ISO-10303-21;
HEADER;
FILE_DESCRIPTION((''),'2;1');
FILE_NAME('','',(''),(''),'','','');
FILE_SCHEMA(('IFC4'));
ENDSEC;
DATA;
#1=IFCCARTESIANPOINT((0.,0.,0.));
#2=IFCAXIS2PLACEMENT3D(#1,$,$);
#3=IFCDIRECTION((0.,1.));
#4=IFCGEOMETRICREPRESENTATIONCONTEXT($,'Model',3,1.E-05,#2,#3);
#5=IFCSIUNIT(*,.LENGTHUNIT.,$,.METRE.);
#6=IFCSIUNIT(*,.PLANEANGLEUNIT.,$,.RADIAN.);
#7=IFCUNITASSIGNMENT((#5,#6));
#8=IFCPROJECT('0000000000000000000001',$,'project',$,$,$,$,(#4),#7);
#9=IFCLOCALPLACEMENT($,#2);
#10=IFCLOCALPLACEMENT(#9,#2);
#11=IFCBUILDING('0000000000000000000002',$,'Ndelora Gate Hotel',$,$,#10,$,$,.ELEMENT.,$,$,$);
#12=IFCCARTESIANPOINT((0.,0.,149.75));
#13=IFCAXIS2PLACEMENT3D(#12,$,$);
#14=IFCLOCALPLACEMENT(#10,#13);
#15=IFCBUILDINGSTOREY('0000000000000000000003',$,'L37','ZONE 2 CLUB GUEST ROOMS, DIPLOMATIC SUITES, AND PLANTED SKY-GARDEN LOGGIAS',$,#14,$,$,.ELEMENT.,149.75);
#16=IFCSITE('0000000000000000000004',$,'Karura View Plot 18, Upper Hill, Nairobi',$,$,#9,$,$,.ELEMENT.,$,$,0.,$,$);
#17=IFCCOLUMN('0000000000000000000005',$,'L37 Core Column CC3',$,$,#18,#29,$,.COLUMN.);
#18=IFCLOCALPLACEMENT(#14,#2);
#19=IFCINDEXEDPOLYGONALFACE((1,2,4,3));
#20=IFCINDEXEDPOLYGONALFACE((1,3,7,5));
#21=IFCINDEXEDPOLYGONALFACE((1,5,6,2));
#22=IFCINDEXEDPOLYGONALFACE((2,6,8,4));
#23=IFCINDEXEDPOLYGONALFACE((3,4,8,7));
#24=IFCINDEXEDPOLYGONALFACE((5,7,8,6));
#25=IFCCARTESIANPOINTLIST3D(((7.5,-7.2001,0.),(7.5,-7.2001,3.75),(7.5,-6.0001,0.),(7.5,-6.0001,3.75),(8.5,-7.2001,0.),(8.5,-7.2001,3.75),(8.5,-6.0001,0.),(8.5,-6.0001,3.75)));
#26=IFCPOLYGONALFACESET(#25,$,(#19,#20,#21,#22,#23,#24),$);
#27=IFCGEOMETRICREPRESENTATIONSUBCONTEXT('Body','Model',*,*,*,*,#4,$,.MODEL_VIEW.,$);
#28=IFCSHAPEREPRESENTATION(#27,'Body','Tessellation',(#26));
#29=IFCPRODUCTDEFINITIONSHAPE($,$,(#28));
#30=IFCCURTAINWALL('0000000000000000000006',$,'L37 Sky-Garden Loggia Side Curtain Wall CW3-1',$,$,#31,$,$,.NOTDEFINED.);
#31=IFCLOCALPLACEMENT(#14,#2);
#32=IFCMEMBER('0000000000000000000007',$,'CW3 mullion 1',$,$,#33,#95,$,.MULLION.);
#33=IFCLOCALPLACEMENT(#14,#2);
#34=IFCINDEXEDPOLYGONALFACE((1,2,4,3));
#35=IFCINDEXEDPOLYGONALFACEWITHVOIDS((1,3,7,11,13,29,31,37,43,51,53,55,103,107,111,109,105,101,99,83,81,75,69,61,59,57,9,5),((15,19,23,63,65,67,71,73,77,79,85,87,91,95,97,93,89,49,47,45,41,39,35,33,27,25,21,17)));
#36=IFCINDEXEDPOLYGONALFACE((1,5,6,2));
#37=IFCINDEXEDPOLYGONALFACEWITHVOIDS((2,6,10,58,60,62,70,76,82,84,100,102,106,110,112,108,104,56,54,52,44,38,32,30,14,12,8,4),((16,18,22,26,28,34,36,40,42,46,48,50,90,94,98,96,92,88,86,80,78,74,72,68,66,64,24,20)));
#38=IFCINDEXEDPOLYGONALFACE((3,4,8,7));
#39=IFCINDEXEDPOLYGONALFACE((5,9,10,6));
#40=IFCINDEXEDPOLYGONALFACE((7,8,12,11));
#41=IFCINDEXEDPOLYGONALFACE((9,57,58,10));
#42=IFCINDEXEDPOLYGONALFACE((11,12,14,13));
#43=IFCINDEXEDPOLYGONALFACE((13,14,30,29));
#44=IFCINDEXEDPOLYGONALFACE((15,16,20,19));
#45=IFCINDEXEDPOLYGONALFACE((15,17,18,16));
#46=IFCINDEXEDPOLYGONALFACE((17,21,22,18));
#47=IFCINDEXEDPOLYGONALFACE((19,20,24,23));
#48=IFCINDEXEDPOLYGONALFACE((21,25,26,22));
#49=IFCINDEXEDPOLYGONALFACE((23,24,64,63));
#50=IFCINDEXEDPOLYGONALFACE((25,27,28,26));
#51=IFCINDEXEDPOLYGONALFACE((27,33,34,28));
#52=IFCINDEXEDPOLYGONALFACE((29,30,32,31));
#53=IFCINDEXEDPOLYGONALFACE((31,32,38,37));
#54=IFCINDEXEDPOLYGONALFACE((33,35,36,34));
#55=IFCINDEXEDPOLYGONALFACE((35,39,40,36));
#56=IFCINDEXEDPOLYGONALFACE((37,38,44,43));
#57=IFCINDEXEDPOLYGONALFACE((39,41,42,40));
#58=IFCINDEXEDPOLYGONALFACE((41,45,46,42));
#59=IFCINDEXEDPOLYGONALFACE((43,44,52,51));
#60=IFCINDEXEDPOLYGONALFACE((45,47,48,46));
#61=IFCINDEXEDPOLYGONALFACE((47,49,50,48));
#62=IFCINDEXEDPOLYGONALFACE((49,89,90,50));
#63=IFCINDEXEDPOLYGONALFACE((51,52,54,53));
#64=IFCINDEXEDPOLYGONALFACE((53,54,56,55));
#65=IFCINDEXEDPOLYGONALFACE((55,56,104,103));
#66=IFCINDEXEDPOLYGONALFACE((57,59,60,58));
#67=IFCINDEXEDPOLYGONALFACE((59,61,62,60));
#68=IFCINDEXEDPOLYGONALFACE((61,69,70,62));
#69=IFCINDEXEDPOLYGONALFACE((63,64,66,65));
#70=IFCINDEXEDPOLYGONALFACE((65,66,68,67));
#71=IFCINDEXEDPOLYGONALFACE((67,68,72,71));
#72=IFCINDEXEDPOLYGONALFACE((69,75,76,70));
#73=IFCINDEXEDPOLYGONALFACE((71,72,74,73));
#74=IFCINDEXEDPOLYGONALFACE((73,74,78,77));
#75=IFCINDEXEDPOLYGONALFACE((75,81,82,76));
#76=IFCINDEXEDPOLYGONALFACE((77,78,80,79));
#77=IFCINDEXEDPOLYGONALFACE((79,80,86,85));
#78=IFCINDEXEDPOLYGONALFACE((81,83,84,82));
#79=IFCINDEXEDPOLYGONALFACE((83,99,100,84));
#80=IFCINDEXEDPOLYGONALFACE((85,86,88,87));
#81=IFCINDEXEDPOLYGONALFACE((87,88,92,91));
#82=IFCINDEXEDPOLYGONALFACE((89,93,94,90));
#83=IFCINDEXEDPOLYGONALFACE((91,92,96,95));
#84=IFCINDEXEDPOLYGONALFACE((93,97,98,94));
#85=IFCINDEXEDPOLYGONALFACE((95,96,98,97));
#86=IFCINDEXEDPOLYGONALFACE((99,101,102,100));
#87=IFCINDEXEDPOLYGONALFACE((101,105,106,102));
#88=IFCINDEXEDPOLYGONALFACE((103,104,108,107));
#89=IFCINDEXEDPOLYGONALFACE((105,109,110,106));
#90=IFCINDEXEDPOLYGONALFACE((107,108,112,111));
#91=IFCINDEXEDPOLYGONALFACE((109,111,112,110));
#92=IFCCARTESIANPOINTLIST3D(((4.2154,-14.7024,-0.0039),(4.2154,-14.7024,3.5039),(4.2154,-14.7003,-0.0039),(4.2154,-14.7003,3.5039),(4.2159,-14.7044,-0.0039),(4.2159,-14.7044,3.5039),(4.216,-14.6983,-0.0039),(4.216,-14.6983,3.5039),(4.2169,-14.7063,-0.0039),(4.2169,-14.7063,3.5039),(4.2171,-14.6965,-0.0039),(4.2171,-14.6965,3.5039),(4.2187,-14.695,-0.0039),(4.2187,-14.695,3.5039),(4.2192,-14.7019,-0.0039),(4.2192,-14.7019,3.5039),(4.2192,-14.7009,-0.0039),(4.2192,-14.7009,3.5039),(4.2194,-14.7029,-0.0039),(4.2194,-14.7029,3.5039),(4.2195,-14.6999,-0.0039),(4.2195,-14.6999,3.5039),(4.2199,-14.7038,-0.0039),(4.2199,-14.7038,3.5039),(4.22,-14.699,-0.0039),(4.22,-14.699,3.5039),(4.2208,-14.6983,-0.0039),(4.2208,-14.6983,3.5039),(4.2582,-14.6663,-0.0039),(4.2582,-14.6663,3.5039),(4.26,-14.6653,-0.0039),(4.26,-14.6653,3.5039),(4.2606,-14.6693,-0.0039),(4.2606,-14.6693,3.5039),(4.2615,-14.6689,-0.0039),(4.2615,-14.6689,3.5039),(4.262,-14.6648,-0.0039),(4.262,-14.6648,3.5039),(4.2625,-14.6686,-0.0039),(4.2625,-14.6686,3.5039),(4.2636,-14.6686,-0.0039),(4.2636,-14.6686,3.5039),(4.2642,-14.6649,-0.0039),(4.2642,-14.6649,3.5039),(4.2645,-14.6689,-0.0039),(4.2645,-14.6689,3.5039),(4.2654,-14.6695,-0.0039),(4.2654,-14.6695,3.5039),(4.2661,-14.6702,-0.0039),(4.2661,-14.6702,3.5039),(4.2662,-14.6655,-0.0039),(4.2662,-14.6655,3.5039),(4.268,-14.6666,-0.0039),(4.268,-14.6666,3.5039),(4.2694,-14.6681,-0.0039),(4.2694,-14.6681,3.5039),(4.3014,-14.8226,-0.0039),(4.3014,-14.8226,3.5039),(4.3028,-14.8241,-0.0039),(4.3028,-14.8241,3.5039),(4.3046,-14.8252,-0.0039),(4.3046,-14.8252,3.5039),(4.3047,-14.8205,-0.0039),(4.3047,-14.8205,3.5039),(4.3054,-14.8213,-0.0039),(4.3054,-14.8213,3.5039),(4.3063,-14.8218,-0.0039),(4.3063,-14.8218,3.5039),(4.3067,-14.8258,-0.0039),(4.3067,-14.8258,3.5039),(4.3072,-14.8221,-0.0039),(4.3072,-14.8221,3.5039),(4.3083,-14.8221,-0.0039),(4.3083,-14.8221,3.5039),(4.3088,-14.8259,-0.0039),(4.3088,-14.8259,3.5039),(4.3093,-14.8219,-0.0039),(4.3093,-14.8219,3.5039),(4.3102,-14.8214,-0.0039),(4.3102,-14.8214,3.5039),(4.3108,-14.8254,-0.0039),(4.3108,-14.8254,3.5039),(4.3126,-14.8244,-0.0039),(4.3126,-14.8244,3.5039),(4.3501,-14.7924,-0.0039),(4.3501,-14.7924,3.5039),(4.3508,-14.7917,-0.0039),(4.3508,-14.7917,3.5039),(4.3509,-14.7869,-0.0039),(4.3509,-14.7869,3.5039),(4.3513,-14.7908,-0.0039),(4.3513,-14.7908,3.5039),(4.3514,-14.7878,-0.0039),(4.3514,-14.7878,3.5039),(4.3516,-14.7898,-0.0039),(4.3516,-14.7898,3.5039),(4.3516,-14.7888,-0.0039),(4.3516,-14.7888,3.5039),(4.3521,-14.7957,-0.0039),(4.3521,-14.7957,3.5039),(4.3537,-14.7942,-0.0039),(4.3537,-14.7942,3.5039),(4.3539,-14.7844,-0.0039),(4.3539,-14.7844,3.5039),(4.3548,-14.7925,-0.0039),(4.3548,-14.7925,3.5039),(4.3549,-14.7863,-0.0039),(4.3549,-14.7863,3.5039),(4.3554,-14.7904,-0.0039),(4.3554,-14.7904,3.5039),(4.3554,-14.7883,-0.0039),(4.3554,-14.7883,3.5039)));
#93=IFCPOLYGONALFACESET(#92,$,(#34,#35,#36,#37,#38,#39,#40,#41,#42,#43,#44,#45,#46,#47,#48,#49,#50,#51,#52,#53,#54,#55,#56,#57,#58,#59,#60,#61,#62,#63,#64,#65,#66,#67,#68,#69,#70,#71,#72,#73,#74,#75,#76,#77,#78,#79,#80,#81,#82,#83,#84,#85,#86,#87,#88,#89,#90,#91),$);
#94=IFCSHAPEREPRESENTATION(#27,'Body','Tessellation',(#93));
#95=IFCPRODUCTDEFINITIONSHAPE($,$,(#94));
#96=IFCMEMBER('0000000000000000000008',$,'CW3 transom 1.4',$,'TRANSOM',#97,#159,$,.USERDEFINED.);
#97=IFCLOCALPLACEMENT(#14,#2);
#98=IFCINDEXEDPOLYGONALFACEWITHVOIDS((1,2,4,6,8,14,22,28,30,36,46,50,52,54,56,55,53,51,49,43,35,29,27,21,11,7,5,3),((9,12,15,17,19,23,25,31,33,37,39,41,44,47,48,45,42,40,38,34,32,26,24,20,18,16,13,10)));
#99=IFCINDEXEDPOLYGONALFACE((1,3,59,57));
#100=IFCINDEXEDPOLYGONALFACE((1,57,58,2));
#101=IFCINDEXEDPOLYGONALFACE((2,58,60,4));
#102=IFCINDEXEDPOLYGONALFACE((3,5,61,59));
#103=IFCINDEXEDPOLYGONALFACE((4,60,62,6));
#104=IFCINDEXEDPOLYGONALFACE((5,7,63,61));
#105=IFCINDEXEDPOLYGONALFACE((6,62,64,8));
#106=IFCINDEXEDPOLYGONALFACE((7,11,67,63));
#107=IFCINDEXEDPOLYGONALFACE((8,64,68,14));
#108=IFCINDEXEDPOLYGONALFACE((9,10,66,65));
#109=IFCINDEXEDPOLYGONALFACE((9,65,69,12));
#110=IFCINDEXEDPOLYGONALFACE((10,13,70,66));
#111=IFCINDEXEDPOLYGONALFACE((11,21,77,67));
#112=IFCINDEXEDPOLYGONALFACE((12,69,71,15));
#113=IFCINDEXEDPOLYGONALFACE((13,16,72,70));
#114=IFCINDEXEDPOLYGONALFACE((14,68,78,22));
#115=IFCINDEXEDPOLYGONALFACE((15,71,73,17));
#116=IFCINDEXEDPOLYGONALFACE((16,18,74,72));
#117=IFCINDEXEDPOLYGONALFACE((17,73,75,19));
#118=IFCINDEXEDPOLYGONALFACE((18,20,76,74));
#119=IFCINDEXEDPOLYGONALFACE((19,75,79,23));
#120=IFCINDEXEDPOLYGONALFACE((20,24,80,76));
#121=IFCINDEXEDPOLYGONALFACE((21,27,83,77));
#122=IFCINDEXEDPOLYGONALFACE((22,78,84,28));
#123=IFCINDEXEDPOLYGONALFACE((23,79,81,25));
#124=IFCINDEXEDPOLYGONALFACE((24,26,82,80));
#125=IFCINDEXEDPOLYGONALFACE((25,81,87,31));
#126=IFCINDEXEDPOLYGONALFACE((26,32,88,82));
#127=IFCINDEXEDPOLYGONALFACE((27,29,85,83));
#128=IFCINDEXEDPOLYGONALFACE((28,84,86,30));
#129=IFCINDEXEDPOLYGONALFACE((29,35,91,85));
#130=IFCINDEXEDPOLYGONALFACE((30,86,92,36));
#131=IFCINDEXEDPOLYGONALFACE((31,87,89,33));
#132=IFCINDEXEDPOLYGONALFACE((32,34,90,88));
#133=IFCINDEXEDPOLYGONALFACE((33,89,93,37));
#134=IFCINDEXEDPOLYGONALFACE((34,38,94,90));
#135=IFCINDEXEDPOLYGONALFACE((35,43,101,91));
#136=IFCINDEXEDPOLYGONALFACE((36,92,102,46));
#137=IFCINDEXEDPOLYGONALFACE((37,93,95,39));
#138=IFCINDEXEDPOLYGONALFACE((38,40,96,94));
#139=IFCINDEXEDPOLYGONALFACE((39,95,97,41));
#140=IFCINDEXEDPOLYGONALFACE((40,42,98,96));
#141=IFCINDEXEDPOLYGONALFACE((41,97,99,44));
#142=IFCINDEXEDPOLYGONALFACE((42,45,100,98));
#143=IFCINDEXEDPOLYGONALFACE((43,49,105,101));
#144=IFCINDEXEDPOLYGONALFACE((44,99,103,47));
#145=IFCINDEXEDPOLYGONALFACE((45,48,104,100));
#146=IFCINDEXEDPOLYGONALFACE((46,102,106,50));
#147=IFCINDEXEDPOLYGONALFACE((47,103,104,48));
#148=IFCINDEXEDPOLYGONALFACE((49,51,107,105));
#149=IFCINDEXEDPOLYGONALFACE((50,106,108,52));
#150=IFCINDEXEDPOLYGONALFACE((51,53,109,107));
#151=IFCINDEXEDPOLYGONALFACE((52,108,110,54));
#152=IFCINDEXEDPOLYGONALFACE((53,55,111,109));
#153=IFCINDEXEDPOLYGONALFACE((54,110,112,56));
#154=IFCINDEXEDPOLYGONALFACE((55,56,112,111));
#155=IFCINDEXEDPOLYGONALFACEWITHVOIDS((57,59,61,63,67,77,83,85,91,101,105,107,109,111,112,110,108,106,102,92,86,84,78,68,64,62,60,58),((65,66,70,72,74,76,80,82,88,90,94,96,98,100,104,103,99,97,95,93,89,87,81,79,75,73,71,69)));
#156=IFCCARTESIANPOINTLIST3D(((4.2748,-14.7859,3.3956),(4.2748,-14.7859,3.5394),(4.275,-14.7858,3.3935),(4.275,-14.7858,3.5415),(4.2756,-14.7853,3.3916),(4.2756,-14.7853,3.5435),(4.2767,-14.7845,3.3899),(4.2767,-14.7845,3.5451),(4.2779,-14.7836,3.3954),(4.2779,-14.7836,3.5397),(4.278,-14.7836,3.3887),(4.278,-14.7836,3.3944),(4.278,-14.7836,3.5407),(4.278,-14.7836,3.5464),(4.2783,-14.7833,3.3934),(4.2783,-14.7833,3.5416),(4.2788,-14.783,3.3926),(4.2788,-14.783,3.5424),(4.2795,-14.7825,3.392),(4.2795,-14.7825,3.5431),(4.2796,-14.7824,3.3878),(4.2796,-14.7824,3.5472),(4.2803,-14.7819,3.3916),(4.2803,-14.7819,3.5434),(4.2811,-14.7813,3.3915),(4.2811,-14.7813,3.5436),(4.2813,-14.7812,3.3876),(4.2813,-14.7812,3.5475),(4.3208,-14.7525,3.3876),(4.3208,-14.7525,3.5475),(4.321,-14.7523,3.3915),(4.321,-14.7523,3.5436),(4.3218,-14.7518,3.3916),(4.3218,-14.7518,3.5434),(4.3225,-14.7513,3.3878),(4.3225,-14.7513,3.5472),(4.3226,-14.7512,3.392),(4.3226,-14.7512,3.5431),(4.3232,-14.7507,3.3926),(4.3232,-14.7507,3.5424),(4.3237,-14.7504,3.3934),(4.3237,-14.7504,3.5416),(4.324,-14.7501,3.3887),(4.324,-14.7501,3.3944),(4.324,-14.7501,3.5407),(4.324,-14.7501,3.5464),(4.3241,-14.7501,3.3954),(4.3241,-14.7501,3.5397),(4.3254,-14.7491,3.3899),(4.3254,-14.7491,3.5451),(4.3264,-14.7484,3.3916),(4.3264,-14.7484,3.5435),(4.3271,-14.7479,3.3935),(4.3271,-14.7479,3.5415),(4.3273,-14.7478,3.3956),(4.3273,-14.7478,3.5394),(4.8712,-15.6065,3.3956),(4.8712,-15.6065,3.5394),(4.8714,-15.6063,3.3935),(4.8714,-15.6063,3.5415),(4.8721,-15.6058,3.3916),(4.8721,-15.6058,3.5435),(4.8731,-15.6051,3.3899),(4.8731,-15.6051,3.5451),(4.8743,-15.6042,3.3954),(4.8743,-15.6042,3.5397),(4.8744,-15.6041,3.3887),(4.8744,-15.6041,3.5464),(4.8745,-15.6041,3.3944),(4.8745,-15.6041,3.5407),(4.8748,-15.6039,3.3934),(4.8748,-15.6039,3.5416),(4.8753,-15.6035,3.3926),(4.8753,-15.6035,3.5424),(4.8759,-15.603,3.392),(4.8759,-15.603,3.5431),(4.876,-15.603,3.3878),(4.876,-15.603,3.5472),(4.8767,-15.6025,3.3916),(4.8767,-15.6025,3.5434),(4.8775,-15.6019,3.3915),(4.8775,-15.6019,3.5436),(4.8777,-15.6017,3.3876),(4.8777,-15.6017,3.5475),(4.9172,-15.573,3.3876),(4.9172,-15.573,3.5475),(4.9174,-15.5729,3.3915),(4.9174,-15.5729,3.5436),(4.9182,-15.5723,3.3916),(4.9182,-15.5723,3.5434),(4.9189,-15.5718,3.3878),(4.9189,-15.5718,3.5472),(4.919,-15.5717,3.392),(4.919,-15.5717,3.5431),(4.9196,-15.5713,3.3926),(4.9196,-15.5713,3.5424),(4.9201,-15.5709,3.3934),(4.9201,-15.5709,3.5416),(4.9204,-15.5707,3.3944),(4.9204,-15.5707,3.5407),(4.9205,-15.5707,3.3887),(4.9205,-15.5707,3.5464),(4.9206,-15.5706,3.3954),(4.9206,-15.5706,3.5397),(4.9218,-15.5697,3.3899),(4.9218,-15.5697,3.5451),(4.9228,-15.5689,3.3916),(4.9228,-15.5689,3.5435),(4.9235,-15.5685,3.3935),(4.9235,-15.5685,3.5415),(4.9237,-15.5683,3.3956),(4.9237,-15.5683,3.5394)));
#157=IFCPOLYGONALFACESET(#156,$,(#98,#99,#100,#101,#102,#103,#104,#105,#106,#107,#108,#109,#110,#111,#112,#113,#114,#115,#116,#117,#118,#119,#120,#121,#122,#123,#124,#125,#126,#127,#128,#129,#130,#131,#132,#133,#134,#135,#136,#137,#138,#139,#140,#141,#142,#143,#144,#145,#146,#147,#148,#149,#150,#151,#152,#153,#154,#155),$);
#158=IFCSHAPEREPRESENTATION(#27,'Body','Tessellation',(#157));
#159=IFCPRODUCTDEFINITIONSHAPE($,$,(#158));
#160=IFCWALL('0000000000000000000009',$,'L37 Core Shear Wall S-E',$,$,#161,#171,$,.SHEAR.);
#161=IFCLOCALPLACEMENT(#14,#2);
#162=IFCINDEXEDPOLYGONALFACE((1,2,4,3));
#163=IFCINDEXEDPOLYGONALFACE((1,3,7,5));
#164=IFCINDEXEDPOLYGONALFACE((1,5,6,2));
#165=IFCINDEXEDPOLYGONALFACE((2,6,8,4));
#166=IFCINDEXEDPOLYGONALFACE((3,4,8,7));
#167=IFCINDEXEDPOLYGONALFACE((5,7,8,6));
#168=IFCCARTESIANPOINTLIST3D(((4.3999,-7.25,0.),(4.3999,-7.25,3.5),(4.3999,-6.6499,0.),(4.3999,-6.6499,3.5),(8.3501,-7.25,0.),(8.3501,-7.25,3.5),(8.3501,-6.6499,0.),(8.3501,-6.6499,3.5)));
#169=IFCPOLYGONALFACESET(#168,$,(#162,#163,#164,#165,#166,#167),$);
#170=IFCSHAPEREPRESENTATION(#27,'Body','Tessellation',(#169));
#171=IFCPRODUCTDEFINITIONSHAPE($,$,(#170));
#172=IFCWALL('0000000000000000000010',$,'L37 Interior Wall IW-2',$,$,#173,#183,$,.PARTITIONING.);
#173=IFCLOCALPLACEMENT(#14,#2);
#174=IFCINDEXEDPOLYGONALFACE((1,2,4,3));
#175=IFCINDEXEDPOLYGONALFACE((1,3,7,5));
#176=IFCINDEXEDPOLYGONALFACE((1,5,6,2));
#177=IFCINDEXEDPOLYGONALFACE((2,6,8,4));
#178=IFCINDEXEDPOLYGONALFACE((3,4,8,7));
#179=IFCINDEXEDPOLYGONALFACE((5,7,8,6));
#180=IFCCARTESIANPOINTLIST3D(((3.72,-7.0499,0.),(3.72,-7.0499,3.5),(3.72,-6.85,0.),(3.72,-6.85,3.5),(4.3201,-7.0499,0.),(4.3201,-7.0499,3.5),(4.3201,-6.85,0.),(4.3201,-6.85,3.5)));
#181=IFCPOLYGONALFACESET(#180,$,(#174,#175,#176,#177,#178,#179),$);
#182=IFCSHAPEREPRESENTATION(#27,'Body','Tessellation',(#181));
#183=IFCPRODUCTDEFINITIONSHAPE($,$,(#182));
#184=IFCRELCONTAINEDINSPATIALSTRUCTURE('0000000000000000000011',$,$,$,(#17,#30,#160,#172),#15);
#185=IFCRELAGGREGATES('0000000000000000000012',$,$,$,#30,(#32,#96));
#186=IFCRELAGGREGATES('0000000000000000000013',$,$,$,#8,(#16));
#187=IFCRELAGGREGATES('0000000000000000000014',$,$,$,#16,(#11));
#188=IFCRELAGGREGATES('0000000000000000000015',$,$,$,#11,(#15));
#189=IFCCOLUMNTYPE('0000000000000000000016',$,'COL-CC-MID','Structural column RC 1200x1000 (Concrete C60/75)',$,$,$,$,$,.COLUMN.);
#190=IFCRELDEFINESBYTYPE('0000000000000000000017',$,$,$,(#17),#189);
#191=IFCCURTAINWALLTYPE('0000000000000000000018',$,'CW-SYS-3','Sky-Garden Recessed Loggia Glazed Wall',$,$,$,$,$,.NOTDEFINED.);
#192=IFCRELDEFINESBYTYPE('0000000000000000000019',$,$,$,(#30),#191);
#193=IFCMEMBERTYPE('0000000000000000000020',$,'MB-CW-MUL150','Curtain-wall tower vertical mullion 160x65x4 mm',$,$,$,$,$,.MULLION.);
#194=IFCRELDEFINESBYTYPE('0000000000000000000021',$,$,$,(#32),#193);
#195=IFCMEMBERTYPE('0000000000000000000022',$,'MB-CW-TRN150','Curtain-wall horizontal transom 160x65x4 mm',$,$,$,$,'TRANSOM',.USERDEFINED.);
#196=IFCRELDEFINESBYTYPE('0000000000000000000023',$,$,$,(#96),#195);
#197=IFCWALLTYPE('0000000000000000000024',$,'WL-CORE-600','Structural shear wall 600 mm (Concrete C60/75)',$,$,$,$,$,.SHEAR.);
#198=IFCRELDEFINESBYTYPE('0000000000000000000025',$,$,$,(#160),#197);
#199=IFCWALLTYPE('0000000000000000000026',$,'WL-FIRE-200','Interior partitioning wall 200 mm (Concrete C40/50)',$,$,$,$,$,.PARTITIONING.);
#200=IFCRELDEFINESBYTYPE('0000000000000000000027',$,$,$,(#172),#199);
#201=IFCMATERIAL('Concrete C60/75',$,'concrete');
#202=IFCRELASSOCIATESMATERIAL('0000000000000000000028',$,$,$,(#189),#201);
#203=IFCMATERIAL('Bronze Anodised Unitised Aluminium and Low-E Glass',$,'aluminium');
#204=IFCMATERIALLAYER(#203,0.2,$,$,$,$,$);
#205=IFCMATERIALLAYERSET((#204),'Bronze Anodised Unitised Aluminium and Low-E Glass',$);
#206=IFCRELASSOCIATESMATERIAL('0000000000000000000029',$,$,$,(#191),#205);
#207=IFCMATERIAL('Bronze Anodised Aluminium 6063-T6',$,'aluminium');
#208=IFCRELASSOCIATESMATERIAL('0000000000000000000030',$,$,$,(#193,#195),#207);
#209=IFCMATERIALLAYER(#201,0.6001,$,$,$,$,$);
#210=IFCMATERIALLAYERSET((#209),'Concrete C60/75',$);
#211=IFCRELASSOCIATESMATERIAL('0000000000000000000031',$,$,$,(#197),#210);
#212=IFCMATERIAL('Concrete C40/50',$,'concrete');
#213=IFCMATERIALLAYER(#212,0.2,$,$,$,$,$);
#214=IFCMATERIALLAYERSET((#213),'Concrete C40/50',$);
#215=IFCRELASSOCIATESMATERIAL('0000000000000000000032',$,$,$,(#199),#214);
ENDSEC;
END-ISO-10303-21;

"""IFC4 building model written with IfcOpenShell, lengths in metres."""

from ifc_helpers import new_model, si_unit, direction, frame, frame_2d, origin, origin_2d, place, context, subcontext, project, spatial, rectangle, hollow_rectangle, extrude, material, layer, layer_set, material_profile, profile_set, type_object, element, aggregate, save


model = new_model("IFC4")

# Units and contexts
model_context = context("Model", 3, precision=1e-05, world=origin(), true_north=direction((0.0, 1.0)))
body_context = subcontext(model_context, "Body", "Model", "MODEL_VIEW")
ifc_project = project(units=[si_unit("LENGTHUNIT", "METRE"), si_unit("PLANEANGLEUNIT", "RADIAN")], contexts=[model_context])

# Site, building, storey
site_placement = place(None, origin())
site = spatial("IfcSite", under=ifc_project, at=site_placement, Name="Karura View Plot 18, Upper Hill, Nairobi", CompositionType="ELEMENT", RefElevation=0.0)
building_placement = place(site_placement, origin())
building = spatial("IfcBuilding", under=site, at=building_placement, Name="Ndelora Gate Hotel", CompositionType="ELEMENT")
storey_placement = place(building_placement, frame((0.0, 0.0, 149.75)))
storey = spatial("IfcBuildingStorey", under=building, at=storey_placement, Name="L37", Description="ZONE 2 CLUB GUEST ROOMS, DIPLOMATIC SUITES, AND PLANTED SKY-GARDEN LOGGIAS", CompositionType="ELEMENT", Elevation=149.75)

# Column
ifc_material_1 = material(Name="Concrete C60/75", Category="concrete")
ifc_material_profile_1 = material_profile(ifc_material_1, rectangle(XDim=1.0, YDim=1.2, at=origin_2d()), Name="RC 1200x1000")
ifc_profile_set_1 = profile_set([ifc_material_profile_1], Name="Concrete C60/75")
column_type = type_object("IfcColumnType", Name="COL-CC-MID", Description="Structural column RC 1200x1000 (Concrete C60/75)", PredefinedType="COLUMN", material=ifc_profile_set_1)
column_placement = place(storey_placement, frame((8.0, -6.6001, 0.0), z_axis=(0.0, 0.0, 1.0), x_axis=(1.0, 0.0, 0.0)))
element("IfcColumn", 1, at=column_placement, inside=storey, type_object=column_type, Name="L37 Core Column CC3", PredefinedType="COLUMN", context=body_context, shape_type="SweptSolid", body=[
    extrude(rectangle(XDim=1.0, YDim=1.2, at=origin_2d()), origin(), (0.0, 0.0, 1.0), 3.75),
])

# Curtain wall, members
ifc_material_2 = material(Name="Bronze Anodised Unitised Aluminium and Low-E Glass", Category="aluminium")
ifc_layer_1 = layer(ifc_material_2, 0.2)
ifc_layer_set_1 = layer_set([ifc_layer_1], Name="Bronze Anodised Unitised Aluminium and Low-E Glass")
curtain_wall_type = type_object("IfcCurtainWallType", Name="CW-SYS-3", Description="Sky-Garden Recessed Loggia Glazed Wall", PredefinedType="NOTDEFINED", material=ifc_layer_set_1)
curtain_wall_placement = place(storey_placement, origin())
curtain_wall = element("IfcCurtainWall", 2, at=curtain_wall_placement, inside=storey, type_object=curtain_wall_type, Name="L37 Sky-Garden Loggia Side Curtain Wall CW3-1", PredefinedType="NOTDEFINED")
ifc_material_3 = material(Name="Bronze Anodised Aluminium 6063-T6", Category="aluminium")
ifc_material_profile_2 = material_profile(ifc_material_3, hollow_rectangle(XDim=0.0649, YDim=0.1599, WallThickness=0.0039, InnerFilletRadius=0.0039, OuterFilletRadius=0.0081, at=origin_2d()), Name="ALU 160x65x4")
ifc_profile_set_2 = profile_set([ifc_material_profile_2], Name="Bronze Anodised Aluminium 6063-T6")
member_type_1 = type_object("IfcMemberType", Name="MB-CW-MUL150", Description="Curtain-wall tower vertical mullion 160x65x4 mm", PredefinedType="MULLION", material=ifc_profile_set_2)
member_1_placement = place(storey_placement, frame((4.2854, -14.7454, -0.0039), z_axis=(0.0, 0.0, 1.0), x_axis=(0.809017, 0.587785, 0.0)))
member_1 = element("IfcMember", 3, at=member_1_placement, type_object=member_type_1, Name="CW3 mullion 1", PredefinedType="MULLION", context=body_context, shape_type="SweptSolid", body=[
    extrude(hollow_rectangle(XDim=0.0649, YDim=0.1599, WallThickness=0.0039, InnerFilletRadius=0.0039, OuterFilletRadius=0.0081, at=origin_2d()), origin(), (0.0, 0.0, 1.0), 3.5078),
])
ifc_material_profile_3 = material_profile(ifc_material_3, hollow_rectangle(XDim=0.0649, YDim=0.1599, WallThickness=0.0039, InnerFilletRadius=0.0039, OuterFilletRadius=0.0081, at=origin_2d()), Name="ALU 160x65x4")
ifc_profile_set_3 = profile_set([ifc_material_profile_3], Name="Bronze Anodised Aluminium 6063-T6")
member_type_2 = type_object("IfcMemberType", Name="MB-CW-TRN150", Description="Curtain-wall horizontal transom 160x65x4 mm", ElementType="TRANSOM", PredefinedType="USERDEFINED", material=ifc_profile_set_3)
member_2_placement = place(storey_placement, frame((4.301, -14.7668, 3.4675), z_axis=(0.587957, -0.808892, 0.0), x_axis=(0.808892, 0.587957, 0.0)))
member_2 = element("IfcMember", 4, at=member_2_placement, type_object=member_type_2, Name="CW3 transom 1.4", ObjectType="TRANSOM", PredefinedType="USERDEFINED", context=body_context, shape_type="SweptSolid", body=[
    extrude(hollow_rectangle(XDim=0.0649, YDim=0.1599, WallThickness=0.0039, InnerFilletRadius=0.0039, OuterFilletRadius=0.0081, at=origin_2d()), origin(), (0.0, 0.0, 1.0), 1.0144),
])
aggregate(curtain_wall, [member_1, member_2])

# Walls
ifc_layer_2 = layer(ifc_material_1, 0.6001)
ifc_layer_set_2 = layer_set([ifc_layer_2], Name="Concrete C60/75")
wall_type_1 = type_object("IfcWallType", Name="WL-CORE-600", Description="Structural shear wall 600 mm (Concrete C60/75)", PredefinedType="SHEAR", material=ifc_layer_set_2)
wall_1_placement = place(storey_placement, frame((4.3999, -6.95, 0.0), z_axis=(0.0, 0.0, 1.0), x_axis=(1.0, 0.0, 0.0)))
element("IfcWall", 5, at=wall_1_placement, inside=storey, type_object=wall_type_1, Name="L37 Core Shear Wall S-E", PredefinedType="SHEAR", context=body_context, shape_type="SweptSolid", body=[
    extrude(rectangle(XDim=3.9502, YDim=0.6001, at=frame_2d((1.9751, 0.0))), origin(), (0.0, 0.0, 1.0), 3.5),
])
ifc_material_4 = material(Name="Concrete C40/50", Category="concrete")
ifc_layer_3 = layer(ifc_material_4, 0.2)
ifc_layer_set_3 = layer_set([ifc_layer_3], Name="Concrete C40/50")
wall_type_2 = type_object("IfcWallType", Name="WL-FIRE-200", Description="Interior partitioning wall 200 mm (Concrete C40/50)", PredefinedType="PARTITIONING", material=ifc_layer_set_3)
wall_2_placement = place(storey_placement, frame((3.72, -6.95, 0.0), z_axis=(0.0, 0.0, 1.0), x_axis=(1.0, 0.0, 0.0)))
element("IfcWall", 6, at=wall_2_placement, inside=storey, type_object=wall_type_2, Name="L37 Interior Wall IW-2", PredefinedType="PARTITIONING", context=body_context, shape_type="SweptSolid", body=[
    extrude(rectangle(XDim=0.6001, YDim=0.2, at=frame_2d((0.3, 0.0))), origin(), (0.0, 0.0, 1.0), 3.5),
])

save(model, "model.ifc")
